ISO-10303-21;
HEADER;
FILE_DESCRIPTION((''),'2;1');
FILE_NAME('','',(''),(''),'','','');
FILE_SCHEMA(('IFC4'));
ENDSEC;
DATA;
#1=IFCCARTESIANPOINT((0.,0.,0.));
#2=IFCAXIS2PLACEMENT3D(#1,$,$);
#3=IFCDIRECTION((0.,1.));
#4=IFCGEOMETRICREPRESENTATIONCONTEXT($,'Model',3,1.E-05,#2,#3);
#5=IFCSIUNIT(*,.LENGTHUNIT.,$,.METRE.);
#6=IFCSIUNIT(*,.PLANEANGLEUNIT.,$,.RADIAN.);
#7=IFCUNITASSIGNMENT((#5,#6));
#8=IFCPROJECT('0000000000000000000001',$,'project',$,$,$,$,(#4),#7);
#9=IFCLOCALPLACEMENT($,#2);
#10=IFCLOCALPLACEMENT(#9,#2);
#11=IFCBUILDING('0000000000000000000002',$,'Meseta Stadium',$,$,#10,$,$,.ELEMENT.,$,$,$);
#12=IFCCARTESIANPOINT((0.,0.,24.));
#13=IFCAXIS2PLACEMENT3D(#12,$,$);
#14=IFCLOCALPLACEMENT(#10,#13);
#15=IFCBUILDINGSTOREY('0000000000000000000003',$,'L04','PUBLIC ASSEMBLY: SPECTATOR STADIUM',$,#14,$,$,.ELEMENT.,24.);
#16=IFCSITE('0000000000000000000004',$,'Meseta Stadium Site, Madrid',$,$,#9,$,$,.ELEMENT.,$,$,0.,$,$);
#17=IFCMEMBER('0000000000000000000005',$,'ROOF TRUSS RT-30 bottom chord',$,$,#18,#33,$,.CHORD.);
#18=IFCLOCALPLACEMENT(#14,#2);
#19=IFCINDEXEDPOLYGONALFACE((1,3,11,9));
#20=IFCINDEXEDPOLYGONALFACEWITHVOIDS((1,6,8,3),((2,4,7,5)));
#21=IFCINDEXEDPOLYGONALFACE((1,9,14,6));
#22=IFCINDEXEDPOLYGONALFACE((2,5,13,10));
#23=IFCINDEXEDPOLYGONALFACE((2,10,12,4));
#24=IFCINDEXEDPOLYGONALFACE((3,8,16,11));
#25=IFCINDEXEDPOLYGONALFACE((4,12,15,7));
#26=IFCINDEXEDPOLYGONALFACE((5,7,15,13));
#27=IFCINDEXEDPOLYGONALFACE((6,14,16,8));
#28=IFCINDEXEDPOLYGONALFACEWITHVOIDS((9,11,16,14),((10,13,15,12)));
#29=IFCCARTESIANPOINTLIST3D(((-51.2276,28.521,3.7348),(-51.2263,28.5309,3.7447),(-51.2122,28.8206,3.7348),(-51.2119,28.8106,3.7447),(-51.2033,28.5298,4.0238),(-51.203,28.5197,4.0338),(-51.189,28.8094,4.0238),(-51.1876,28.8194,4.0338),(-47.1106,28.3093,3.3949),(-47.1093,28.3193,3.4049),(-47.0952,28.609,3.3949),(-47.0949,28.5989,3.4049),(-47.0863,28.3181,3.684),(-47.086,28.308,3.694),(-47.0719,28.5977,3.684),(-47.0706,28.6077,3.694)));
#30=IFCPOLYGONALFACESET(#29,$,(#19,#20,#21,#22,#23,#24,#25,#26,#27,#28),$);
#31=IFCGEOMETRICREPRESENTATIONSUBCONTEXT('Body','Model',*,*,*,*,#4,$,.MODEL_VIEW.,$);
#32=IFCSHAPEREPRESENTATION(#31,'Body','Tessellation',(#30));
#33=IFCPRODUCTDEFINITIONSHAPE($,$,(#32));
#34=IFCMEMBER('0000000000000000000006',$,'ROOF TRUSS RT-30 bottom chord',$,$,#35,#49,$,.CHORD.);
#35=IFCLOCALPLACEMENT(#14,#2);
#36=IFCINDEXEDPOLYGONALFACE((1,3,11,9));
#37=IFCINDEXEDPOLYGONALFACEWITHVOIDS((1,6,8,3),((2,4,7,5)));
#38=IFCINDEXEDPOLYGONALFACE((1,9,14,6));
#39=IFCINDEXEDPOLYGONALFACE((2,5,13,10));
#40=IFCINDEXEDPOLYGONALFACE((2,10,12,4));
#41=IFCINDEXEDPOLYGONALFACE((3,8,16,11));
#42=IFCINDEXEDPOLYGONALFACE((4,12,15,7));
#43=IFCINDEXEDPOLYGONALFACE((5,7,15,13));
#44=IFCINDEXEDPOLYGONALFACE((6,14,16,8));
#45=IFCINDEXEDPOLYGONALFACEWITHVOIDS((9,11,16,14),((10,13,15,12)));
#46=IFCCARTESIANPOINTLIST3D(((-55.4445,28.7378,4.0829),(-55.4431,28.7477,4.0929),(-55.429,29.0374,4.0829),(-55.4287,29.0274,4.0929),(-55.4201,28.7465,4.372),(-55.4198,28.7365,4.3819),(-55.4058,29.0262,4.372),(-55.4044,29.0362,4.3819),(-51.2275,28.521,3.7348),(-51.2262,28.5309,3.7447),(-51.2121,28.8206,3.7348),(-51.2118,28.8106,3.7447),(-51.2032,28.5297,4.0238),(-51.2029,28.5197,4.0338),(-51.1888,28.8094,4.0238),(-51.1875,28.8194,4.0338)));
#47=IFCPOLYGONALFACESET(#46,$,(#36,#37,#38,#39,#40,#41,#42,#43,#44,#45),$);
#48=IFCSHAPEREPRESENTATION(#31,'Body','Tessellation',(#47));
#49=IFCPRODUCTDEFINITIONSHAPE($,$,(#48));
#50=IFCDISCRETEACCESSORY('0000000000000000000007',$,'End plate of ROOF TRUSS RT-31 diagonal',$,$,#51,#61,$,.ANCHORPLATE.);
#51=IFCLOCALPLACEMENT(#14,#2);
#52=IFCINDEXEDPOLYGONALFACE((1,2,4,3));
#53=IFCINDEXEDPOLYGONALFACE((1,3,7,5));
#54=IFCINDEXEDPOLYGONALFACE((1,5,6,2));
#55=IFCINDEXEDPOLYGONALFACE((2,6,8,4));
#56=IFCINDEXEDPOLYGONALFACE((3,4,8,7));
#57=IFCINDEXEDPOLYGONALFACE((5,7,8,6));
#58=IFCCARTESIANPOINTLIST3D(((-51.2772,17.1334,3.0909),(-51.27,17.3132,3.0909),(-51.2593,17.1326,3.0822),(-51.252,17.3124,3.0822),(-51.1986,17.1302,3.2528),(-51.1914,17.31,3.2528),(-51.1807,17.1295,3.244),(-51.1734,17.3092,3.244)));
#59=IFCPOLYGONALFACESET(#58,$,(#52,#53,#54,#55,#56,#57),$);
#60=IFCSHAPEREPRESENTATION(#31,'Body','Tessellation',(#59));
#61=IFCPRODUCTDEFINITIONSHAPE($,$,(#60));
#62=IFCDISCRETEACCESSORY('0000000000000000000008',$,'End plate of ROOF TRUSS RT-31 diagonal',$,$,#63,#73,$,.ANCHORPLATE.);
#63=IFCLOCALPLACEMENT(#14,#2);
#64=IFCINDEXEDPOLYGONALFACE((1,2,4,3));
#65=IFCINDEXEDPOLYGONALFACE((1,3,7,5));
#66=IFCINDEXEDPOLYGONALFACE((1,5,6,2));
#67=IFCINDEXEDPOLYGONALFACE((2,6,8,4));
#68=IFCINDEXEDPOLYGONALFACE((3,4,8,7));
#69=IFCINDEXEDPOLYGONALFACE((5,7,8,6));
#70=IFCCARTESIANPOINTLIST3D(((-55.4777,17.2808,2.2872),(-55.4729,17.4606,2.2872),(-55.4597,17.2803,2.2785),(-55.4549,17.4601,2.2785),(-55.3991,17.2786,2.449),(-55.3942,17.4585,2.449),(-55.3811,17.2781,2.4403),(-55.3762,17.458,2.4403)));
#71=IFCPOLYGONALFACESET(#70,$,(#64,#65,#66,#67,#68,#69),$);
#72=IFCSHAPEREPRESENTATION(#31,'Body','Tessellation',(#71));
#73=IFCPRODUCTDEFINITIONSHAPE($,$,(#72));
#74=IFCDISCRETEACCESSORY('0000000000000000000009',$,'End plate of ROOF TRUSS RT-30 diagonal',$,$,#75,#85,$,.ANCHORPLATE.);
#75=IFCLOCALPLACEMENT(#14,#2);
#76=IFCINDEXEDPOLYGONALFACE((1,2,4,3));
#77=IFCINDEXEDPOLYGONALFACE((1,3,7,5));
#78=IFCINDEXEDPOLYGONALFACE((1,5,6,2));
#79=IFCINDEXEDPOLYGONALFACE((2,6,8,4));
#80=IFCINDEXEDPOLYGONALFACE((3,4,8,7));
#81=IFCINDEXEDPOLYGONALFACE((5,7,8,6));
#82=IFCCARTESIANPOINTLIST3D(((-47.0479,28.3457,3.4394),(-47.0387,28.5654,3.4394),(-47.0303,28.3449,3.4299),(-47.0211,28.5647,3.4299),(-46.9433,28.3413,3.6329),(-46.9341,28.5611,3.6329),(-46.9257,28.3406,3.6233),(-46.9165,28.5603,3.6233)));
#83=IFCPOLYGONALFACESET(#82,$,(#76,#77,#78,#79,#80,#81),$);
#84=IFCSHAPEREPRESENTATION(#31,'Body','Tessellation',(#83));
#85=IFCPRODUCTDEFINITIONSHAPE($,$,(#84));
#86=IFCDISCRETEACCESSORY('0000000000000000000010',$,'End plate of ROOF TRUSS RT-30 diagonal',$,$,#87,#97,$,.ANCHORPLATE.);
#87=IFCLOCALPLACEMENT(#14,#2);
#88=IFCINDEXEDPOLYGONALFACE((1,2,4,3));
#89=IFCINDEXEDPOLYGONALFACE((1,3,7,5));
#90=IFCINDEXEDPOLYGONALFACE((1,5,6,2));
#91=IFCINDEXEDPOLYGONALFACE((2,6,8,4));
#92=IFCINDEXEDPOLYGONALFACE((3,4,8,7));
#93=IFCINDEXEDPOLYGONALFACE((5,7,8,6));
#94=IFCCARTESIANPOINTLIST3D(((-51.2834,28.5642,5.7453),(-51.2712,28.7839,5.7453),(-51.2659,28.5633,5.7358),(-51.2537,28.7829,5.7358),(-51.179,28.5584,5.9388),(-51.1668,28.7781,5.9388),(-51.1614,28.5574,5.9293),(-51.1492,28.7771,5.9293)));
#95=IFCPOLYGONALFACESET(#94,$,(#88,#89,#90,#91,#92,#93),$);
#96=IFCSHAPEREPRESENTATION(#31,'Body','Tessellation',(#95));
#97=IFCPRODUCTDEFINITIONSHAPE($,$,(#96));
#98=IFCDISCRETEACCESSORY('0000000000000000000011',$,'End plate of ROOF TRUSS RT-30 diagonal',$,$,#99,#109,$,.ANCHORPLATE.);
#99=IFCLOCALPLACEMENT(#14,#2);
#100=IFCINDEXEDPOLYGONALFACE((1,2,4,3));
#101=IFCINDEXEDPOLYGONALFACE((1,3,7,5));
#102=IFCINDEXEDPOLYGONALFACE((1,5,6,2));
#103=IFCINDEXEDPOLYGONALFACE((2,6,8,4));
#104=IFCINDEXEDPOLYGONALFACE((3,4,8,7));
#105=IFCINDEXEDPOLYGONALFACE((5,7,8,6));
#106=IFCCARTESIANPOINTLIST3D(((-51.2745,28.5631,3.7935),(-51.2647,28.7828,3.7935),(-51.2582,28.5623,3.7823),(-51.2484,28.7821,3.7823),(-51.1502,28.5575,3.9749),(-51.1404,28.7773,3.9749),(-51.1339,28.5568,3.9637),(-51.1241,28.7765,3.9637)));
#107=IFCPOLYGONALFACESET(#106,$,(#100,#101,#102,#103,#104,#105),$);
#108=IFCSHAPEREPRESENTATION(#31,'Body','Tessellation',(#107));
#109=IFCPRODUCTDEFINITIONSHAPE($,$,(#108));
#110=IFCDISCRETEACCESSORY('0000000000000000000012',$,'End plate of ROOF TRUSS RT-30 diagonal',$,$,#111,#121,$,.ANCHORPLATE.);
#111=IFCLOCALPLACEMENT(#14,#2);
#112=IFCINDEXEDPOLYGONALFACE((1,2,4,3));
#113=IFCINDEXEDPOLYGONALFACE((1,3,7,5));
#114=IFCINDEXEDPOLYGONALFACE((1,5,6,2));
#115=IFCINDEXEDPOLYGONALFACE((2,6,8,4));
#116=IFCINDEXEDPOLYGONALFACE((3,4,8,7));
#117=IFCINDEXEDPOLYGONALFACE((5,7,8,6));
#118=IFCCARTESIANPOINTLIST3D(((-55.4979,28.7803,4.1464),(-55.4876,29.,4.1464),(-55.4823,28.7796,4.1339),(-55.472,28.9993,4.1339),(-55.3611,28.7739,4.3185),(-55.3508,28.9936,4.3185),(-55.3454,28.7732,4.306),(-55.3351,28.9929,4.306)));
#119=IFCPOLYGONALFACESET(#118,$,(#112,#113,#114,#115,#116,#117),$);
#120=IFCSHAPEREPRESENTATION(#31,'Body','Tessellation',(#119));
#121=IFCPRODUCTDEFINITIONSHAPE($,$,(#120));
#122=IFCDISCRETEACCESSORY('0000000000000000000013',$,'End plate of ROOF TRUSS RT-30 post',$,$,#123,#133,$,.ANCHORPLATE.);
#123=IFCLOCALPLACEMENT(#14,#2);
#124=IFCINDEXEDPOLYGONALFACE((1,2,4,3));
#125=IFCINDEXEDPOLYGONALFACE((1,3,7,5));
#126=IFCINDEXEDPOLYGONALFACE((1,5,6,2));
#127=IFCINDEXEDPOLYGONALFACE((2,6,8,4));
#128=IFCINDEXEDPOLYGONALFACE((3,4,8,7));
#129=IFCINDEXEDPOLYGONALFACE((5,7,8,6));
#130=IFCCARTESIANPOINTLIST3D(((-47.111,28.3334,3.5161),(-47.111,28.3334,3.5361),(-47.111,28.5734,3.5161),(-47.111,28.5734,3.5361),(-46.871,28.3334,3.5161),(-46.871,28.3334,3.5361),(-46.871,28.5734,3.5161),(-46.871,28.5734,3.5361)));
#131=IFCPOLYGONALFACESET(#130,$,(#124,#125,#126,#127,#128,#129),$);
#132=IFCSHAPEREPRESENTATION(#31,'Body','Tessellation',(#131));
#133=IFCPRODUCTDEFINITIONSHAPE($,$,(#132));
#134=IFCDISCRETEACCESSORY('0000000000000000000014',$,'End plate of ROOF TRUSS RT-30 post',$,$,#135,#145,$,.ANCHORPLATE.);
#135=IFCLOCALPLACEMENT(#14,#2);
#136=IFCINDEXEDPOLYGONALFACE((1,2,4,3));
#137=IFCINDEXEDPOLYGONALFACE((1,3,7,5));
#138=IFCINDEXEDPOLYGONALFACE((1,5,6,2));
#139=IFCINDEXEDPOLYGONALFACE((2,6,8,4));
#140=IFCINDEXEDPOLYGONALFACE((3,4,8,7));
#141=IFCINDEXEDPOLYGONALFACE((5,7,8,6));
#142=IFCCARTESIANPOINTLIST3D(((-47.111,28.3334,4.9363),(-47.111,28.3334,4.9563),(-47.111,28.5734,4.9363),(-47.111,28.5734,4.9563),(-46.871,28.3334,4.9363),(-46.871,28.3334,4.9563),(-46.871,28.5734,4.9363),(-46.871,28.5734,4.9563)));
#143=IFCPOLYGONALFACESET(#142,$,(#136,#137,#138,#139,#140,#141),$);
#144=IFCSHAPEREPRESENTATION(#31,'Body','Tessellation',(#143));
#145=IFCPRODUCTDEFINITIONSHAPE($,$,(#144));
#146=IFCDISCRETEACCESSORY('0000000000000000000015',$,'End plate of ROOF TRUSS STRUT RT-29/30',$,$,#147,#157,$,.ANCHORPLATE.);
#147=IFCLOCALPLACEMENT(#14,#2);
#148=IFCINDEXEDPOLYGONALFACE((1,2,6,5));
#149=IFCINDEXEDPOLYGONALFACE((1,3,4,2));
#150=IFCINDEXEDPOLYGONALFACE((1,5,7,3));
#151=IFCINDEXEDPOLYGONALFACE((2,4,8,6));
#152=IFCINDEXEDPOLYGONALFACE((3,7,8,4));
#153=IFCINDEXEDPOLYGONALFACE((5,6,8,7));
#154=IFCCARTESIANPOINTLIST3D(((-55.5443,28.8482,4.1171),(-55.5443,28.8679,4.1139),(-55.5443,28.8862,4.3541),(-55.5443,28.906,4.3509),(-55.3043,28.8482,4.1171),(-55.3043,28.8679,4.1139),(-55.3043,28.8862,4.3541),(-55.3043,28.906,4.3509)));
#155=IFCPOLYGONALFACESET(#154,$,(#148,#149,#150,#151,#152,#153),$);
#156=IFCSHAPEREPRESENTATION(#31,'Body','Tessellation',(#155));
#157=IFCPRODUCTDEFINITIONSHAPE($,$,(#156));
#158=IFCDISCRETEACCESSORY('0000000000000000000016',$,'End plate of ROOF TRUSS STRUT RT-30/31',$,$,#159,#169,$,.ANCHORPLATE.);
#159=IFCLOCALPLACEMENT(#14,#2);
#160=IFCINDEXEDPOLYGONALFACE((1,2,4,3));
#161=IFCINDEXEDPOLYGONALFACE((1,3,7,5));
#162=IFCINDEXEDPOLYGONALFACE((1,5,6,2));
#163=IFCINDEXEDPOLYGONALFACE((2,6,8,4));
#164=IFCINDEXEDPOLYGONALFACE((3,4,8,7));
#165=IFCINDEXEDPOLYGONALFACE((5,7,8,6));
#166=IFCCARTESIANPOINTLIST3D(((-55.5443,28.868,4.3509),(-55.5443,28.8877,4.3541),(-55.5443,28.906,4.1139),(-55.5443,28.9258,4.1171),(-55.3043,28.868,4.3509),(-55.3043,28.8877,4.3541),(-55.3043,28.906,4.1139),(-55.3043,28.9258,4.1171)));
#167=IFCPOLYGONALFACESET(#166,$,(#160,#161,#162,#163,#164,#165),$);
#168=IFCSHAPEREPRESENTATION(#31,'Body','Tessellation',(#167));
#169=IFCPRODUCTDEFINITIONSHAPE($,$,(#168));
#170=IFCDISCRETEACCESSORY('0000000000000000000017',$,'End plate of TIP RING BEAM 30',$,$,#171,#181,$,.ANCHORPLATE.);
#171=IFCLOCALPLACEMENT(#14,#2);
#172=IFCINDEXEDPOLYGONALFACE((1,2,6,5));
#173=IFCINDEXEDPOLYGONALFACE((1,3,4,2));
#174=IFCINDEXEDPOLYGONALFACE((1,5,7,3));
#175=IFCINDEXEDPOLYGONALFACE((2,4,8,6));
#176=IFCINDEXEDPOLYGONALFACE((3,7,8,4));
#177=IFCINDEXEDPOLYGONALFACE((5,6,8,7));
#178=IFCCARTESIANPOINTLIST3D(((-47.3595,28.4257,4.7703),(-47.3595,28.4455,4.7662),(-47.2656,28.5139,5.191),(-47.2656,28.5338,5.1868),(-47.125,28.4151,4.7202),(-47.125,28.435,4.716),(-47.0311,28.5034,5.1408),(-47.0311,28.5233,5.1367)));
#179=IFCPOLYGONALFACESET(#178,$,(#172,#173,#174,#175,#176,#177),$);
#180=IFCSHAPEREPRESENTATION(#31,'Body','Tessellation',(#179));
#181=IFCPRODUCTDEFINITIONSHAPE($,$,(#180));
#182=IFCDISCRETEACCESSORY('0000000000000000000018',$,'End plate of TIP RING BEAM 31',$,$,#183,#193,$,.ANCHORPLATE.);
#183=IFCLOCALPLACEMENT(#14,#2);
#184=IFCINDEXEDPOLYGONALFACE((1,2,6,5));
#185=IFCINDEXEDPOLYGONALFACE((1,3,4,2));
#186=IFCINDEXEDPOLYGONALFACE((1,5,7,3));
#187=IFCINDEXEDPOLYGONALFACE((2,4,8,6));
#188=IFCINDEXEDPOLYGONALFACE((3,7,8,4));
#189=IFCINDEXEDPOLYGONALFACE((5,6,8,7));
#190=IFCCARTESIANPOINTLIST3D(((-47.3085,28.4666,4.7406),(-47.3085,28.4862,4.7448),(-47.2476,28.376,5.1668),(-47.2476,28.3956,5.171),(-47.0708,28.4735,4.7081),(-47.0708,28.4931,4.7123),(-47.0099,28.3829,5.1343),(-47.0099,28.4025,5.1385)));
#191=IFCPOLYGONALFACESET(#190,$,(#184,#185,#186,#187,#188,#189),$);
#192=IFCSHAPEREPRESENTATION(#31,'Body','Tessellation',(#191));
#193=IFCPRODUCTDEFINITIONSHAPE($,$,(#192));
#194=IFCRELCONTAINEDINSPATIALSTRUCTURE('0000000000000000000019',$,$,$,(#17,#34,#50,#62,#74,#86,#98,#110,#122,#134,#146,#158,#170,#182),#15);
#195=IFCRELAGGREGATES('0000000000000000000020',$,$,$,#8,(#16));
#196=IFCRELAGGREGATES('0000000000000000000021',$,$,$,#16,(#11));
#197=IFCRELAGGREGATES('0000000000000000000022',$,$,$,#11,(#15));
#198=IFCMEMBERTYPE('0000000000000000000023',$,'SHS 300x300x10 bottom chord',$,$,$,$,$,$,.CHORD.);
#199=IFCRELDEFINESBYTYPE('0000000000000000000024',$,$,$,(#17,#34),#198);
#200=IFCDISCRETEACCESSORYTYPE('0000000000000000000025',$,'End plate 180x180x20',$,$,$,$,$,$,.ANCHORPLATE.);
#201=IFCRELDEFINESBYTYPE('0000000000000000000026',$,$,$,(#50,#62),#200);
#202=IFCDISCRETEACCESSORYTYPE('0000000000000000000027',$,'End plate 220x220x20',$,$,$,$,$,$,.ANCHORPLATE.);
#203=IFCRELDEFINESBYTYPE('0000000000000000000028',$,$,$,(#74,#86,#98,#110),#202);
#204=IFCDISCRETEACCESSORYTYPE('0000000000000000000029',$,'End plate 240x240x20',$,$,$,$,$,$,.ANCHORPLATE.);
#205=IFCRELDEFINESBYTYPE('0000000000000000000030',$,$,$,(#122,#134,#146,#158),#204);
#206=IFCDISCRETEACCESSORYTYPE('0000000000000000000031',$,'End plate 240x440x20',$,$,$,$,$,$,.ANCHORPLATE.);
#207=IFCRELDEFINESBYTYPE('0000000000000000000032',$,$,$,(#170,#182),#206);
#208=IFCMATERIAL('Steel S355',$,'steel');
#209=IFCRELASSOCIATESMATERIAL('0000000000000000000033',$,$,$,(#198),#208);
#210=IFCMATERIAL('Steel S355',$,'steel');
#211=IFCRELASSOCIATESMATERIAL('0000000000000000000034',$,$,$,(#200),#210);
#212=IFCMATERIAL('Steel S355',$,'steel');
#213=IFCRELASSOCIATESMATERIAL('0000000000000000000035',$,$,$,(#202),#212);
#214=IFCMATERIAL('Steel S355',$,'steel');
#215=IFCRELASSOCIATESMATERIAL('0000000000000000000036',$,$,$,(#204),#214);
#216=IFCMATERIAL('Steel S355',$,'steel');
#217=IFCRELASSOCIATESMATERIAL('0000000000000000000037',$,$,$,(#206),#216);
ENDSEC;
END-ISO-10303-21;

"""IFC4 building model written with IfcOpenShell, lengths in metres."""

from ifc_helpers import new_model, si_unit, direction, frame, origin, origin_2d, place, context, subcontext, project, spatial, rectangle, hollow_rectangle, extrude, material, material_profile, profile_set, type_object, element, save


model = new_model("IFC4")

# Units and contexts
model_context = context("Model", 3, precision=1e-05, world=origin(), true_north=direction((0.0, 1.0)))
body_context = subcontext(model_context, "Body", "Model", "MODEL_VIEW")
ifc_project = project(units=[si_unit("LENGTHUNIT", "METRE"), si_unit("PLANEANGLEUNIT", "RADIAN")], contexts=[model_context])

# Site, building, storey
site_placement = place(None, origin())
site = spatial("IfcSite", under=ifc_project, at=site_placement, Name="Meseta Stadium Site, Madrid", CompositionType="ELEMENT", RefElevation=0.0)
building_placement = place(site_placement, origin())
building = spatial("IfcBuilding", under=site, at=building_placement, Name="Meseta Stadium", CompositionType="ELEMENT")
storey_placement = place(building_placement, frame((0.0, 0.0, 24.0)))
storey = spatial("IfcBuildingStorey", under=building, at=storey_placement, Name="L04", Description="PUBLIC ASSEMBLY: SPECTATOR STADIUM", CompositionType="ELEMENT", Elevation=24.0)

# Members
ifc_material_1 = material(Name="Steel S355", Category="steel")
ifc_material_profile_1 = material_profile(ifc_material_1, hollow_rectangle(XDim=0.3, YDim=0.3, WallThickness=0.01, at=origin_2d()), Name="SHS 300x300x10")
ifc_profile_set_1 = profile_set([ifc_material_profile_1], Name="Steel S355")
member_type_1 = type_object("IfcMemberType", Name="SHS 300x300x10 bottom chord", PredefinedType="CHORD", material=ifc_profile_set_1)
member_1_placement = place(storey_placement, frame((-47.0906, 28.4585, 3.5444), z_axis=(-0.995305, 0.051173, 0.08216), x_axis=(-0.051347, -0.998681, 0.0)))
element("IfcMember", 1, at=member_1_placement, inside=storey, type_object=member_type_1, Name="ROOF TRUSS RT-30 bottom chord", PredefinedType="CHORD", context=body_context, shape_type="SweptSolid", body=[
    extrude(hollow_rectangle(XDim=0.3, YDim=0.3, WallThickness=0.01, at=origin_2d()), origin(), (0.0, 0.0, 1.0), 4.1365),
])
member_2_placement = place(storey_placement, frame((-51.2075, 28.6702, 3.8843), z_axis=(-0.995303, 0.051171, 0.082174), x_axis=(-0.051345, -0.998681, 0.0)))
element("IfcMember", 2, at=member_2_placement, inside=storey, type_object=member_type_1, Name="ROOF TRUSS RT-30 bottom chord", PredefinedType="CHORD", context=body_context, shape_type="SweptSolid", body=[
    extrude(hollow_rectangle(XDim=0.3, YDim=0.3, WallThickness=0.01, at=origin_2d()), origin(), (0.0, 0.0, 1.0), 4.2368),
])

# Discrete accessories
ifc_material_2 = material(Name="Steel S355", Category="steel")
ifc_material_profile_2 = material_profile(ifc_material_2, rectangle(XDim=0.1799, YDim=0.1799, at=origin_2d()), Name="PL 180x180")
ifc_profile_set_2 = profile_set([ifc_material_profile_2], Name="Steel S355")
discrete_accessory_type_1 = type_object("IfcDiscreteAccessoryType", Name="End plate 180x180x20", PredefinedType="ANCHORPLATE", material=ifc_profile_set_2)
for number, where, z_axis, x_axis, name in (
    (3, (-51.2163, 17.2209, 3.1631), (-0.898638, 0.036431, 0.437175), (-0.040507, -0.999179, 0.0), "End plate of ROOF TRUSS RT-31 diagonal"),
    (4, (-55.418, 17.3691, 2.3594), (-0.89897, 0.024296, 0.437337), (-0.027017, -0.999635, 0.0), "End plate of ROOF TRUSS RT-31 diagonal"),
):
    element("IfcDiscreteAccessory", number, at=place(storey_placement, frame(where, z_axis=z_axis, x_axis=x_axis)), inside=storey, type_object=discrete_accessory_type_1, Name=name, PredefinedType="ANCHORPLATE", context=body_context, shape_type="SweptSolid", body=[
        extrude(rectangle(XDim=0.1799, YDim=0.1799, at=origin_2d()), origin(), (0.0, 0.0, 1.0), 0.02),
    ])
ifc_material_3 = material(Name="Steel S355", Category="steel")
ifc_material_profile_3 = material_profile(ifc_material_3, rectangle(XDim=0.22, YDim=0.22, at=origin_2d()), Name="PL 220x220")
ifc_profile_set_3 = profile_set([ifc_material_profile_3], Name="Steel S355")
discrete_accessory_type_2 = type_object("IfcDiscreteAccessoryType", Name="End plate 220x220x20", PredefinedType="ANCHORPLATE", material=ifc_profile_set_3)
for number, where, z_axis, x_axis, name in (
    (5, (-46.9734, 28.4526, 3.5266), (-0.878702, 0.036613, 0.475964), (-0.041631, -0.999133, 0.0), "End plate of ROOF TRUSS RT-30 diagonal"),
    (6, (-51.2075, 28.6702, 5.8325), (-0.878245, 0.048791, 0.475716), (-0.05547, -0.99846, 0.0), "End plate of ROOF TRUSS RT-30 diagonal"),
):
    element("IfcDiscreteAccessory", number, at=place(storey_placement, frame(where, z_axis=z_axis, x_axis=x_axis)), inside=storey, type_object=discrete_accessory_type_2, Name=name, PredefinedType="ANCHORPLATE", context=body_context, shape_type="SweptSolid", body=[
        extrude(rectangle(XDim=0.22, YDim=0.22, at=origin_2d()), origin(), (0.0, 0.0, 1.0), 0.02),
    ])
discrete_accessory_1_placement = place(storey_placement, frame((-51.1912, 28.6694, 3.873), z_axis=(-0.82384, 0.036888, 0.565621), x_axis=(-0.044731, -0.998999, 0.0)))
element("IfcDiscreteAccessory", 7, at=discrete_accessory_1_placement, inside=storey, type_object=discrete_accessory_type_2, Name="End plate of ROOF TRUSS RT-30 diagonal", PredefinedType="ANCHORPLATE", context=body_context, shape_type="SweptSolid", body=[
    extrude(rectangle(XDim=0.22, YDim=0.22, at=origin_2d()), origin(), (0.0, 0.0, 1.0), 0.0198),
])
discrete_accessory_2_placement = place(storey_placement, frame((-55.4087, 28.8862, 4.22), z_axis=(-0.781535, 0.036634, 0.622785), x_axis=(-0.046824, -0.998903, 0.0)))
element("IfcDiscreteAccessory", 8, at=discrete_accessory_2_placement, inside=storey, type_object=discrete_accessory_type_2, Name="End plate of ROOF TRUSS RT-30 diagonal", PredefinedType="ANCHORPLATE", context=body_context, shape_type="SweptSolid", body=[
    extrude(rectangle(XDim=0.22, YDim=0.22, at=origin_2d()), origin(), (0.0, 0.0, 1.0), 0.02),
])
ifc_material_4 = material(Name="Steel S355", Category="steel")
ifc_material_profile_4 = material_profile(ifc_material_4, rectangle(XDim=0.24, YDim=0.24, at=origin_2d()), Name="PL 240x240")
ifc_profile_set_4 = profile_set([ifc_material_profile_4], Name="Steel S355")
discrete_accessory_type_3 = type_object("IfcDiscreteAccessoryType", Name="End plate 240x240x20", PredefinedType="ANCHORPLATE", material=ifc_profile_set_4)
for number, where, z_axis, x_axis, name in (
    (9, (-46.991, 28.4534, 3.5161), (0.0, 0.0, 1.0), (1.0, 0.0, 0.0), "End plate of ROOF TRUSS RT-30 post"),
    (10, (-46.991, 28.4534, 4.9363), (0.0, 0.0, 1.0), (1.0, 0.0, 0.0), "End plate of ROOF TRUSS RT-30 post"),
    (11, (-55.4243, 28.887, 4.2324), (0.0, -0.987364, 0.158466), (1.0, 0.0, 0.0), "End plate of ROOF TRUSS STRUT RT-29/30"),
    (12, (-55.4243, 28.9067, 4.2356), (0.0, -0.987364, -0.158466), (1.0, 0.0, 0.0), "End plate of ROOF TRUSS STRUT RT-30/31"),
):
    element("IfcDiscreteAccessory", number, at=place(storey_placement, frame(where, z_axis=z_axis, x_axis=x_axis)), inside=storey, type_object=discrete_accessory_type_3, Name=name, PredefinedType="ANCHORPLATE", context=body_context, shape_type="SweptSolid", body=[
        extrude(rectangle(XDim=0.24, YDim=0.24, at=origin_2d()), origin(), (0.0, 0.0, 1.0), 0.02),
    ])
ifc_material_5 = material(Name="Steel S355", Category="steel")
ifc_material_profile_5 = material_profile(ifc_material_5, rectangle(XDim=0.24, YDim=0.4399, at=origin_2d()), Name="PL 240x440")
ifc_profile_set_5 = profile_set([ifc_material_profile_5], Name="Steel S355")
discrete_accessory_type_4 = type_object("IfcDiscreteAccessoryType", Name="End plate 240x440x20", PredefinedType="ANCHORPLATE", material=ifc_profile_set_5)
discrete_accessory_3_placement = place(storey_placement, frame((-47.1953, 28.4844, 4.9514), z_axis=(0.0, -0.978678, 0.205402), x_axis=(0.976967, -0.04383, -0.208839)))
element("IfcDiscreteAccessory", 13, at=discrete_accessory_3_placement, inside=storey, type_object=discrete_accessory_type_4, Name="End plate of TIP RING BEAM 30", PredefinedType="ANCHORPLATE", context=body_context, shape_type="SweptSolid", body=[
    extrude(rectangle(XDim=0.24, YDim=0.4399, at=origin_2d()), origin(), (0.0, 0.0, 1.0), 0.0203),
])
for number, where, z_axis, x_axis, name in (
    (14, (-47.1592, 28.4443, 4.9417), (0.0, -0.978159, -0.207859), (0.990374, 0.028771, -0.135395), "End plate of TIP RING BEAM 31"),
):
    element("IfcDiscreteAccessory", number, at=place(storey_placement, frame(where, z_axis=z_axis, x_axis=x_axis)), inside=storey, type_object=discrete_accessory_type_4, Name=name, PredefinedType="ANCHORPLATE", context=body_context, shape_type="SweptSolid", body=[
        extrude(rectangle(XDim=0.24, YDim=0.4399, at=origin_2d()), origin(), (0.0, 0.0, 1.0), 0.02),
    ])

save(model, "model.ifc")
